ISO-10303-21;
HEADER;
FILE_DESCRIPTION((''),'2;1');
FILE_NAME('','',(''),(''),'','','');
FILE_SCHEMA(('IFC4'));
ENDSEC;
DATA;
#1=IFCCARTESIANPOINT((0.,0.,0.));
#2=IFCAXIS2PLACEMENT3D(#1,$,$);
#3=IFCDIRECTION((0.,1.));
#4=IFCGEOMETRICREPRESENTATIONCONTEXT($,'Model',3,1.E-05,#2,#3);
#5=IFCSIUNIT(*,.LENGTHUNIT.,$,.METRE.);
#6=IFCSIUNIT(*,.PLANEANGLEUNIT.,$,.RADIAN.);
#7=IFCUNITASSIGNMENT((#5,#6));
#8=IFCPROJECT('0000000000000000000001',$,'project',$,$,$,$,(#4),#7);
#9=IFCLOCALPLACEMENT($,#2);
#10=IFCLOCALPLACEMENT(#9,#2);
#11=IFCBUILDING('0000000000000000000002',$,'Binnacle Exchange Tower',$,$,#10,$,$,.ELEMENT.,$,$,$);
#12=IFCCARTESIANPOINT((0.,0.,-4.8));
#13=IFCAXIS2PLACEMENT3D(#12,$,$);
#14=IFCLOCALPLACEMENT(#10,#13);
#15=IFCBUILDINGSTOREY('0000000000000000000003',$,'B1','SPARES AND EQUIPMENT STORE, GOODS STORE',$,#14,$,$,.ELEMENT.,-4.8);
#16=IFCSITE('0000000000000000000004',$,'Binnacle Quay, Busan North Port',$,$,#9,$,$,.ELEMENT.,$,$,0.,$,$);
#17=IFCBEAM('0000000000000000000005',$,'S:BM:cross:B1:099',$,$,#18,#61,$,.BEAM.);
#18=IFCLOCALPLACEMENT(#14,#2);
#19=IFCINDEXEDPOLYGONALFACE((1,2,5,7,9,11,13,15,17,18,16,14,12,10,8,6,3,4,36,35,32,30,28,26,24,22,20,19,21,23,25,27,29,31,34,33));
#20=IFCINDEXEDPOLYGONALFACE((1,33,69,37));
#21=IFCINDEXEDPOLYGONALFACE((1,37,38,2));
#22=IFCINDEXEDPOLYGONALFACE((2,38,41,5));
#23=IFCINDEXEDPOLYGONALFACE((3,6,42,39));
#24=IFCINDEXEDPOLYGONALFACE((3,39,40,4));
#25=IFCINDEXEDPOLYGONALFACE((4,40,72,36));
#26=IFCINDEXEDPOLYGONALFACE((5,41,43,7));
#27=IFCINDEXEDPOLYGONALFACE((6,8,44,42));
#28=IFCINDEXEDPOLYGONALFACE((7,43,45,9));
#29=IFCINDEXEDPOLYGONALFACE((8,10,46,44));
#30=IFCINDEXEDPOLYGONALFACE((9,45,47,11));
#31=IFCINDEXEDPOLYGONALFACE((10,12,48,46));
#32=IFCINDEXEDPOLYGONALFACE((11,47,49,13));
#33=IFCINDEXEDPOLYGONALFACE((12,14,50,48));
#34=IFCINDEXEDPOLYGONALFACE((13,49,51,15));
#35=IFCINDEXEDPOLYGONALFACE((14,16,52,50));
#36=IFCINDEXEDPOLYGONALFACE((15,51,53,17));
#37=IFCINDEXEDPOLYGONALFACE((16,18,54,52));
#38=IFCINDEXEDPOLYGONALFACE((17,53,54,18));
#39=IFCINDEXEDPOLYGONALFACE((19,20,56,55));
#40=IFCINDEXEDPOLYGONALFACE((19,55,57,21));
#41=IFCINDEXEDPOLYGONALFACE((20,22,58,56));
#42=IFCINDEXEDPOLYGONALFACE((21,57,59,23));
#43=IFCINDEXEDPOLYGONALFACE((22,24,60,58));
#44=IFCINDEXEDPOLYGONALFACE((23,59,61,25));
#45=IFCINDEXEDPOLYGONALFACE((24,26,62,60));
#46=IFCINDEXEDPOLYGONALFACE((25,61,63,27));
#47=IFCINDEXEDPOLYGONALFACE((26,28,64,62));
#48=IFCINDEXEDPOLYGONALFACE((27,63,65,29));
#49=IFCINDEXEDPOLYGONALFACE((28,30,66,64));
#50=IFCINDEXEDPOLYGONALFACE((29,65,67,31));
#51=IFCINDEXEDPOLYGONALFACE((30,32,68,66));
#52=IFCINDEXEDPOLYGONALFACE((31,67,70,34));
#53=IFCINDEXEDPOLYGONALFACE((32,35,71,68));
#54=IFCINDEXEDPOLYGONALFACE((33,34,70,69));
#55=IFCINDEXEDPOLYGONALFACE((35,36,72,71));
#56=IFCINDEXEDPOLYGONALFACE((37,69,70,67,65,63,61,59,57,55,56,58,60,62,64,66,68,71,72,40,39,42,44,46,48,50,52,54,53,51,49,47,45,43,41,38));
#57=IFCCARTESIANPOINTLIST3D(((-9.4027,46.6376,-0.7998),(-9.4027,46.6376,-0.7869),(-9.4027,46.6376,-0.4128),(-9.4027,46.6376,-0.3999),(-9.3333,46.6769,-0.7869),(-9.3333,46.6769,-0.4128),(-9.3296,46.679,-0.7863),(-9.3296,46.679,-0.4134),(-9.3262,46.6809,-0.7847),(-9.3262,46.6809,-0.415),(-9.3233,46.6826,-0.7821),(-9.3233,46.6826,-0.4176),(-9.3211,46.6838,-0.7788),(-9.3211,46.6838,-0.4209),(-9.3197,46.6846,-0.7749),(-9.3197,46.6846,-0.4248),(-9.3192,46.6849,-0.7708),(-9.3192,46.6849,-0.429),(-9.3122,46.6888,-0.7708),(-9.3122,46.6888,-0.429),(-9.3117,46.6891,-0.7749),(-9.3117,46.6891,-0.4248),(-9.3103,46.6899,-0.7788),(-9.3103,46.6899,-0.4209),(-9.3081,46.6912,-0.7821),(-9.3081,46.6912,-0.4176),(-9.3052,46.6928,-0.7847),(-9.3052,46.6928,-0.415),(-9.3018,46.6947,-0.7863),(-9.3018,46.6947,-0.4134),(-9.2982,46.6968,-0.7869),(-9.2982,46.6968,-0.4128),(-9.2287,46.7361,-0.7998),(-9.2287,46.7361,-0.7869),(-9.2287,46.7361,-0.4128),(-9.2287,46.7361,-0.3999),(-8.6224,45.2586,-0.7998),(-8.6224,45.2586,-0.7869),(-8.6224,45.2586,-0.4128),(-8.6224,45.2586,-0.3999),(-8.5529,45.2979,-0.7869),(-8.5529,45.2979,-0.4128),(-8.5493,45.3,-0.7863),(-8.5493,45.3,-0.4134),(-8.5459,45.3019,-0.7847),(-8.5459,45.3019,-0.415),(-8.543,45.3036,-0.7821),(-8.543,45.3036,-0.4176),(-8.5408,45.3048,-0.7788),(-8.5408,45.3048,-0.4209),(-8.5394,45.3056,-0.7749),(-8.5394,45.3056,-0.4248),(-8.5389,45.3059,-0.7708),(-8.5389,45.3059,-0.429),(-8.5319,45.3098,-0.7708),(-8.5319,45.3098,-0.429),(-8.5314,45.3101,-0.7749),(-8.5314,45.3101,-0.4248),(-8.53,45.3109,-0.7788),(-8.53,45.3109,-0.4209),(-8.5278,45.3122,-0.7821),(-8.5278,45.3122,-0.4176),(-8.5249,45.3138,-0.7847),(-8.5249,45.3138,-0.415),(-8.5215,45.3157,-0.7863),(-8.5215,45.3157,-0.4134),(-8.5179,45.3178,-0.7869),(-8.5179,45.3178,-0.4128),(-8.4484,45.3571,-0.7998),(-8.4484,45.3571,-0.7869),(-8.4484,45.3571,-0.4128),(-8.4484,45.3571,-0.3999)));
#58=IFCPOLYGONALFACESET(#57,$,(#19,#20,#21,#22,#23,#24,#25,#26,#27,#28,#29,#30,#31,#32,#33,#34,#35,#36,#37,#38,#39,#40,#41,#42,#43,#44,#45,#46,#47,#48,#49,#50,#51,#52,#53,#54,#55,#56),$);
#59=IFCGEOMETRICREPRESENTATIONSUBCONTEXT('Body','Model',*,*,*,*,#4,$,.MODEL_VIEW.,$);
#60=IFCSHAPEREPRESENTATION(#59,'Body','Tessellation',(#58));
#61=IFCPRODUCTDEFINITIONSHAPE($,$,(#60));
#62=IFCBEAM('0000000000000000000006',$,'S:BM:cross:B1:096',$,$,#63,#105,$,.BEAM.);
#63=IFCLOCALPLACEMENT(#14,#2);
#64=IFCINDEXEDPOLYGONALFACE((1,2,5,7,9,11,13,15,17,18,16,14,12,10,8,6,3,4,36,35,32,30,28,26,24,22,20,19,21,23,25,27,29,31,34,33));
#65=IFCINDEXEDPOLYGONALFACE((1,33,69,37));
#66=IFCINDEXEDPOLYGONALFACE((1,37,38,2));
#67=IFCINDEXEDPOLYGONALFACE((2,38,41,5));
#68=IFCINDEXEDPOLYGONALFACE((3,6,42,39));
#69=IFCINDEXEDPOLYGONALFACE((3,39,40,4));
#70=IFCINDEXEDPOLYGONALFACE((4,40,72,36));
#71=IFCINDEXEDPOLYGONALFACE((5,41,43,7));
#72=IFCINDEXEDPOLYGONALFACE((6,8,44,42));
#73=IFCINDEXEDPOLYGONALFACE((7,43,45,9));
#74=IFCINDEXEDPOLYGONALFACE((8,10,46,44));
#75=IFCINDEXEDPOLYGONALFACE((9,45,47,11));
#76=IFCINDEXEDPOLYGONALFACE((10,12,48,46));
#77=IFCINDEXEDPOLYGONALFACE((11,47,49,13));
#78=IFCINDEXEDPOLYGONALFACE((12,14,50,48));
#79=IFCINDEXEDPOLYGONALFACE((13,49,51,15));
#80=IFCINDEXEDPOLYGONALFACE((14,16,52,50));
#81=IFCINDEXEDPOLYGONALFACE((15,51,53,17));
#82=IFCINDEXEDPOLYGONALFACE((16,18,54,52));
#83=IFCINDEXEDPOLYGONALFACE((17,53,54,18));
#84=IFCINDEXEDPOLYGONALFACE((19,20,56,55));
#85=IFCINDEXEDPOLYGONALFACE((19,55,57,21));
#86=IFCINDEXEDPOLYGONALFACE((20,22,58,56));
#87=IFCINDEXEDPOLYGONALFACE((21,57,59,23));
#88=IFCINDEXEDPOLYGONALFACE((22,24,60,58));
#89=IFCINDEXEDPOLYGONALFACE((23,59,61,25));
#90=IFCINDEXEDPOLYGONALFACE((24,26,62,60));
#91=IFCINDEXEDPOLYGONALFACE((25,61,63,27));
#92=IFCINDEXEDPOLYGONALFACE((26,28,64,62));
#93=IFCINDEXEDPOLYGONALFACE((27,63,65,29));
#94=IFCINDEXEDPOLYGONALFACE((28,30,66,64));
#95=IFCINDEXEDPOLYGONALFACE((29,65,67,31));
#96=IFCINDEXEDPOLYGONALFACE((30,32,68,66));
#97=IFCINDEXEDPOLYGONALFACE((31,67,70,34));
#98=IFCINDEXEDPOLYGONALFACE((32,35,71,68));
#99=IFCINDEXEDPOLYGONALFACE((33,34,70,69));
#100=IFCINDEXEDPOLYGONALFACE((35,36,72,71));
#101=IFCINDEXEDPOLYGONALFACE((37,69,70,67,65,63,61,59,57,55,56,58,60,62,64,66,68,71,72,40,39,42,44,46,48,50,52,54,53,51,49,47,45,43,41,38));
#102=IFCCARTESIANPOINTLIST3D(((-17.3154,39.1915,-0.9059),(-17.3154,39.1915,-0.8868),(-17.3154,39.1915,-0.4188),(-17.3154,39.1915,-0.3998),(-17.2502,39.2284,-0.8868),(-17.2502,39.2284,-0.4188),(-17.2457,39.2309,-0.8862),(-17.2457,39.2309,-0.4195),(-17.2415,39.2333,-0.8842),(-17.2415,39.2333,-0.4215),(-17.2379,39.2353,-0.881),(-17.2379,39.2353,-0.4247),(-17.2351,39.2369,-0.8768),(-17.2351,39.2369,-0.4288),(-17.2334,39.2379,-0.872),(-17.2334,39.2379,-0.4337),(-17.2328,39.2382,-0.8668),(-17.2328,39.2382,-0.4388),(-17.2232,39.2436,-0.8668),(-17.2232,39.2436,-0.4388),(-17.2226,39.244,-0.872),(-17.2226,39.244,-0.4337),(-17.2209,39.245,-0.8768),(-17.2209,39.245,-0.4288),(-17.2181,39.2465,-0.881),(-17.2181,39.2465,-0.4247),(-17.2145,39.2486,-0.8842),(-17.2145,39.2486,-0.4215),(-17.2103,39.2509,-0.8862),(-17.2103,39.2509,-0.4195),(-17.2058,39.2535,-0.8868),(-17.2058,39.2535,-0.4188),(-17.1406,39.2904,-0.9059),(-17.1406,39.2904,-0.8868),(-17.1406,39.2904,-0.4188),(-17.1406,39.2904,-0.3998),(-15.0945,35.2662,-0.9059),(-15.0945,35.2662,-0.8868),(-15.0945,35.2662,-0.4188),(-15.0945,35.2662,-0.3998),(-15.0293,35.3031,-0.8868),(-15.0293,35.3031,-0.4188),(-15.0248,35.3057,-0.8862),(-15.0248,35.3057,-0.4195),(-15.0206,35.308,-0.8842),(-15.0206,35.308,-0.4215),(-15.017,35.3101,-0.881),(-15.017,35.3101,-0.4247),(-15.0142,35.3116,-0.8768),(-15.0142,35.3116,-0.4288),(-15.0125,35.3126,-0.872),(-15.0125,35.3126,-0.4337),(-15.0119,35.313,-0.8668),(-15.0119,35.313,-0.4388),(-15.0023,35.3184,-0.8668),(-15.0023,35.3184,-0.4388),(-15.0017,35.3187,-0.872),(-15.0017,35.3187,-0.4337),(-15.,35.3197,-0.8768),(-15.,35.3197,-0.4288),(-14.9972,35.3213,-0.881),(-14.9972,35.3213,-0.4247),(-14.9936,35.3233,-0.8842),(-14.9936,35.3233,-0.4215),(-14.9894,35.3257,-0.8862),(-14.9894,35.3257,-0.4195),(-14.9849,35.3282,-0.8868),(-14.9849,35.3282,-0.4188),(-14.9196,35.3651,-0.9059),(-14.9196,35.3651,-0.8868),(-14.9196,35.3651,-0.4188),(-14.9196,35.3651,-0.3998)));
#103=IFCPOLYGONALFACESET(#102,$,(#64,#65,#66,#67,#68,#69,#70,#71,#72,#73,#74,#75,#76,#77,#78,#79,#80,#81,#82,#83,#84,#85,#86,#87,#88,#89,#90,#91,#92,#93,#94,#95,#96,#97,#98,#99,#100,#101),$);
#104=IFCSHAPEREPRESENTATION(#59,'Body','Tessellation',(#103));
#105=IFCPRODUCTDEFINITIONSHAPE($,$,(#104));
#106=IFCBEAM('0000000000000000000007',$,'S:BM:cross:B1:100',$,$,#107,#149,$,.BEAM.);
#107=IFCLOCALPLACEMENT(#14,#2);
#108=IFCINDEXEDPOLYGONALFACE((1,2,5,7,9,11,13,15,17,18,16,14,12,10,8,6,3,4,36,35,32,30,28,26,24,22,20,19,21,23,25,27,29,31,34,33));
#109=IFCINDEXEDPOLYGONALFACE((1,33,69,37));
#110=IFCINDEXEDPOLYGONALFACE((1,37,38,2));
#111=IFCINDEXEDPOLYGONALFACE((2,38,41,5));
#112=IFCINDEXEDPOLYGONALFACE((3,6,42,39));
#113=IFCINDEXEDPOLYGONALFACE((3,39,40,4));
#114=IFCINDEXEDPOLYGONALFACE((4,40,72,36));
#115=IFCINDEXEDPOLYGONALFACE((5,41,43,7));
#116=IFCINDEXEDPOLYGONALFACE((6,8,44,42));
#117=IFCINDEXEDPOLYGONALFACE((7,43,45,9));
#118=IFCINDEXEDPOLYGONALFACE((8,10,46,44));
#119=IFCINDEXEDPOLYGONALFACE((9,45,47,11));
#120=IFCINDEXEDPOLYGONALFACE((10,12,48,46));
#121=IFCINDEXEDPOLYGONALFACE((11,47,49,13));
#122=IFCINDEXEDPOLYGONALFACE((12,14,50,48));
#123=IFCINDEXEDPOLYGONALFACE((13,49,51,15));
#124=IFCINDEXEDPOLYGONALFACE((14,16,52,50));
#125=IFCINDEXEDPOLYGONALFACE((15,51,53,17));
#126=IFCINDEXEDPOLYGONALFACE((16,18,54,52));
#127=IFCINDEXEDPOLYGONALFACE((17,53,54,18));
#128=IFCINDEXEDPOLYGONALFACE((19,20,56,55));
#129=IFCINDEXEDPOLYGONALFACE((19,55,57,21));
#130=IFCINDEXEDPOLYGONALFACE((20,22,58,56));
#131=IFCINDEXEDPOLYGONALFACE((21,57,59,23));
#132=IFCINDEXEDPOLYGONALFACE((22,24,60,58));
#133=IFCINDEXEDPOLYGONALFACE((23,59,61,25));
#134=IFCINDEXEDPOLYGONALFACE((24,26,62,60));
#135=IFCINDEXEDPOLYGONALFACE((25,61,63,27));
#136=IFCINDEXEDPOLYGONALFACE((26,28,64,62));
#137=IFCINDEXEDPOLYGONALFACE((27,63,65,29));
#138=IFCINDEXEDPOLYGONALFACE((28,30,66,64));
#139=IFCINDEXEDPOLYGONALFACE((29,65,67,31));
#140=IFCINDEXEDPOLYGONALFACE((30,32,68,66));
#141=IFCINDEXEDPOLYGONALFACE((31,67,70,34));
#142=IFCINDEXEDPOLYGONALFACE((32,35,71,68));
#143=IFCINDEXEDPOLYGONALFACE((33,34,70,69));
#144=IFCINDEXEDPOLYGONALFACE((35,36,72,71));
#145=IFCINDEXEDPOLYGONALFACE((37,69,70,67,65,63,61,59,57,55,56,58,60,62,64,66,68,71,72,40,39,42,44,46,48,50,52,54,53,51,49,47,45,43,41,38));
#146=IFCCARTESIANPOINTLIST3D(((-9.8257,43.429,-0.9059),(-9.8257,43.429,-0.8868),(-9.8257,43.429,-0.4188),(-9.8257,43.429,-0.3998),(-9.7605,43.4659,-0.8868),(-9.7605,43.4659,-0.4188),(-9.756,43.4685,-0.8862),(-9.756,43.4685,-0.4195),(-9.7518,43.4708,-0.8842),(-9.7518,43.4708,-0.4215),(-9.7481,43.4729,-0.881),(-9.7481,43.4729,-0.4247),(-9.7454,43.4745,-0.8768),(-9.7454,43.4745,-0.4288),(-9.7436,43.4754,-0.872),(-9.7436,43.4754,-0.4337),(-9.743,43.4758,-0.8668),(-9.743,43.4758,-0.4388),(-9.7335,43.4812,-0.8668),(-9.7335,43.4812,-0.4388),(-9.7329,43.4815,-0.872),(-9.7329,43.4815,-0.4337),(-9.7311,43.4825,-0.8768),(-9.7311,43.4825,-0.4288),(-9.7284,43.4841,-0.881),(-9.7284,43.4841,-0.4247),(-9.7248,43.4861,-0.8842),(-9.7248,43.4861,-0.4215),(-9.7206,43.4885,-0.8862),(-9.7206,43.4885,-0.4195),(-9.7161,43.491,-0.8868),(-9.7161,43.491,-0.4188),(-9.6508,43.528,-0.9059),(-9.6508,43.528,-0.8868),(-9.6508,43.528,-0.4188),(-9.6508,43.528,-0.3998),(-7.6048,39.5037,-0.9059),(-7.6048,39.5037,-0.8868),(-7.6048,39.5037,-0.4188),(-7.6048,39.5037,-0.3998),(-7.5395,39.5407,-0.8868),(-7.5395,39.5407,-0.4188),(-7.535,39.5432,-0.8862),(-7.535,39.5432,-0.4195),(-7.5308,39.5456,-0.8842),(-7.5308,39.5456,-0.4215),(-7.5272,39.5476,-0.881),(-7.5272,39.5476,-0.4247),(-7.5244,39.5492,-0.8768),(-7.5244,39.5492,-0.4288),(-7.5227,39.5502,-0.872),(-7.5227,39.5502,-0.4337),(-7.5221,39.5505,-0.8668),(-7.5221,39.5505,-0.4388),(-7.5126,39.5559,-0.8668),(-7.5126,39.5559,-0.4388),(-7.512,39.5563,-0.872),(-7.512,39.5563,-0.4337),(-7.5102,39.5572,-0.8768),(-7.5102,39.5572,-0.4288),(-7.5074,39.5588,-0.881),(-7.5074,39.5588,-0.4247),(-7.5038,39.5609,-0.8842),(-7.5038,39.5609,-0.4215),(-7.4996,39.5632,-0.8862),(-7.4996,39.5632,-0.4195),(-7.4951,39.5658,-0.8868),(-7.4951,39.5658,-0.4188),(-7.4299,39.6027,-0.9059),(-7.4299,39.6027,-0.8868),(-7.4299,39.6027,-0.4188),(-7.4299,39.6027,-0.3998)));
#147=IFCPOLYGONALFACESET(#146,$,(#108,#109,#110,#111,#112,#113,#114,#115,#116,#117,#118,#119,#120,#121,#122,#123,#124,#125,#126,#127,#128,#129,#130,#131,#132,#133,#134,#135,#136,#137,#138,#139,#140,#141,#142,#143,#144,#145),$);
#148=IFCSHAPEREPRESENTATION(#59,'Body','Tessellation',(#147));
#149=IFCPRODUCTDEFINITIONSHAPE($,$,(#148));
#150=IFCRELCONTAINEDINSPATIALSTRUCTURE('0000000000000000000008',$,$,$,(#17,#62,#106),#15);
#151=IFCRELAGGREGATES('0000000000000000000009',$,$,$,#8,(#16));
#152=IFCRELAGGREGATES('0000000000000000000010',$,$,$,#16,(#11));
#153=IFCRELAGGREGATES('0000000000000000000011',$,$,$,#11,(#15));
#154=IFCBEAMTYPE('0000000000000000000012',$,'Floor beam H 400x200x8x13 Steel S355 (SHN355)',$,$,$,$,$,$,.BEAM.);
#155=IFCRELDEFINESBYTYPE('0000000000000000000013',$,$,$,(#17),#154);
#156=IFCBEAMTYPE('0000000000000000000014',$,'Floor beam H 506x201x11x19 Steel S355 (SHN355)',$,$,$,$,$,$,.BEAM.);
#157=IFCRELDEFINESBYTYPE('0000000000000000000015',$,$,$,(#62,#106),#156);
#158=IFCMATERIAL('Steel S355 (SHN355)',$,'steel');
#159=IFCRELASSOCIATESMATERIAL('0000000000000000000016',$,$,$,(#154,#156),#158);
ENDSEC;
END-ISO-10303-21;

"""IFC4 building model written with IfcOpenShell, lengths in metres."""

from ifc_helpers import new_model, si_unit, direction, frame, origin, origin_2d, place, context, subcontext, project, spatial, i_section, extrude, material, material_profile, profile_set, type_object, element, save


model = new_model("IFC4")

# Units and contexts
model_context = context("Model", 3, precision=1e-05, world=origin(), true_north=direction((0.0, 1.0)))
body_context = subcontext(model_context, "Body", "Model", "MODEL_VIEW")
ifc_project = project(units=[si_unit("LENGTHUNIT", "METRE"), si_unit("PLANEANGLEUNIT", "RADIAN")], contexts=[model_context])

# Site, building, storey
site_placement = place(None, origin())
site = spatial("IfcSite", under=ifc_project, at=site_placement, Name="Binnacle Quay, Busan North Port", CompositionType="ELEMENT", RefElevation=0.0)
building_placement = place(site_placement, origin())
building = spatial("IfcBuilding", under=site, at=building_placement, Name="Binnacle Exchange Tower", CompositionType="ELEMENT")
storey_placement = place(building_placement, frame((0.0, 0.0, -4.8)))
storey = spatial("IfcBuildingStorey", under=building, at=storey_placement, Name="B1", Description="SPARES AND EQUIPMENT STORE, GOODS STORE", CompositionType="ELEMENT", Elevation=-4.8)

# Beams
ifc_material_1 = material(Name="Steel S355 (SHN355)", Category="steel")
ifc_material_profile_1 = material_profile(ifc_material_1, i_section(OverallWidth=0.2, OverallDepth=0.3999, WebThickness=0.0081, FlangeThickness=0.0129, FilletRadius=0.0161, at=origin_2d()), Name="H 400x200x8x13")
ifc_profile_set_1 = profile_set([ifc_material_profile_1], Name="Steel S355 (SHN355)")
beam_type_1 = type_object("IfcBeamType", Name="Floor beam H 400x200x8x13 Steel S355 (SHN355)", PredefinedType="BEAM", material=ifc_profile_set_1)
beam_1_placement = place(storey_placement, frame((-8.5354, 45.3079, -0.5999), z_axis=(-0.492484, 0.870322, 0.0), x_axis=(-0.870322, -0.492484, 0.0)))
element("IfcBeam", 1, at=beam_1_placement, inside=storey, type_object=beam_type_1, Name="S:BM:cross:B1:099", PredefinedType="BEAM", context=body_context, shape_type="SweptSolid", body=[
    extrude(i_section(OverallWidth=0.2, OverallDepth=0.3999, WebThickness=0.0081, FlangeThickness=0.0129, FilletRadius=0.0161, at=origin_2d()), origin(), (0.0, 0.0, 1.0), 1.5845),
])
ifc_material_profile_2 = material_profile(ifc_material_1, i_section(OverallWidth=0.2009, OverallDepth=0.5061, WebThickness=0.011, FlangeThickness=0.019, FilletRadius=0.02, at=origin_2d()), Name="H 506x201x11x19")
ifc_profile_set_2 = profile_set([ifc_material_profile_2], Name="Steel S355 (SHN355)")
beam_type_2 = type_object("IfcBeamType", Name="Floor beam H 506x201x11x19 Steel S355 (SHN355)", PredefinedType="BEAM", material=ifc_profile_set_2)
for number, where, z_axis, x_axis, name in (
    (2, (-15.0071, 35.3157, -0.6528), (-0.492444, 0.870344, 0.0), (-0.870344, -0.492444, 0.0), "S:BM:cross:B1:096"),
    (3, (-7.5173, 39.5532, -0.6528), (-0.492444, 0.870344, 0.0), (-0.870344, -0.492444, 0.0), "S:BM:cross:B1:100"),
):
    element("IfcBeam", number, at=place(storey_placement, frame(where, z_axis=z_axis, x_axis=x_axis)), inside=storey, type_object=beam_type_2, Name=name, PredefinedType="BEAM", context=body_context, shape_type="SweptSolid", body=[
        extrude(i_section(OverallWidth=0.2009, OverallDepth=0.5061, WebThickness=0.011, FlangeThickness=0.019, FilletRadius=0.02, at=origin_2d()), origin(), (0.0, 0.0, 1.0), 4.51),
    ])

save(model, "model.ifc")
